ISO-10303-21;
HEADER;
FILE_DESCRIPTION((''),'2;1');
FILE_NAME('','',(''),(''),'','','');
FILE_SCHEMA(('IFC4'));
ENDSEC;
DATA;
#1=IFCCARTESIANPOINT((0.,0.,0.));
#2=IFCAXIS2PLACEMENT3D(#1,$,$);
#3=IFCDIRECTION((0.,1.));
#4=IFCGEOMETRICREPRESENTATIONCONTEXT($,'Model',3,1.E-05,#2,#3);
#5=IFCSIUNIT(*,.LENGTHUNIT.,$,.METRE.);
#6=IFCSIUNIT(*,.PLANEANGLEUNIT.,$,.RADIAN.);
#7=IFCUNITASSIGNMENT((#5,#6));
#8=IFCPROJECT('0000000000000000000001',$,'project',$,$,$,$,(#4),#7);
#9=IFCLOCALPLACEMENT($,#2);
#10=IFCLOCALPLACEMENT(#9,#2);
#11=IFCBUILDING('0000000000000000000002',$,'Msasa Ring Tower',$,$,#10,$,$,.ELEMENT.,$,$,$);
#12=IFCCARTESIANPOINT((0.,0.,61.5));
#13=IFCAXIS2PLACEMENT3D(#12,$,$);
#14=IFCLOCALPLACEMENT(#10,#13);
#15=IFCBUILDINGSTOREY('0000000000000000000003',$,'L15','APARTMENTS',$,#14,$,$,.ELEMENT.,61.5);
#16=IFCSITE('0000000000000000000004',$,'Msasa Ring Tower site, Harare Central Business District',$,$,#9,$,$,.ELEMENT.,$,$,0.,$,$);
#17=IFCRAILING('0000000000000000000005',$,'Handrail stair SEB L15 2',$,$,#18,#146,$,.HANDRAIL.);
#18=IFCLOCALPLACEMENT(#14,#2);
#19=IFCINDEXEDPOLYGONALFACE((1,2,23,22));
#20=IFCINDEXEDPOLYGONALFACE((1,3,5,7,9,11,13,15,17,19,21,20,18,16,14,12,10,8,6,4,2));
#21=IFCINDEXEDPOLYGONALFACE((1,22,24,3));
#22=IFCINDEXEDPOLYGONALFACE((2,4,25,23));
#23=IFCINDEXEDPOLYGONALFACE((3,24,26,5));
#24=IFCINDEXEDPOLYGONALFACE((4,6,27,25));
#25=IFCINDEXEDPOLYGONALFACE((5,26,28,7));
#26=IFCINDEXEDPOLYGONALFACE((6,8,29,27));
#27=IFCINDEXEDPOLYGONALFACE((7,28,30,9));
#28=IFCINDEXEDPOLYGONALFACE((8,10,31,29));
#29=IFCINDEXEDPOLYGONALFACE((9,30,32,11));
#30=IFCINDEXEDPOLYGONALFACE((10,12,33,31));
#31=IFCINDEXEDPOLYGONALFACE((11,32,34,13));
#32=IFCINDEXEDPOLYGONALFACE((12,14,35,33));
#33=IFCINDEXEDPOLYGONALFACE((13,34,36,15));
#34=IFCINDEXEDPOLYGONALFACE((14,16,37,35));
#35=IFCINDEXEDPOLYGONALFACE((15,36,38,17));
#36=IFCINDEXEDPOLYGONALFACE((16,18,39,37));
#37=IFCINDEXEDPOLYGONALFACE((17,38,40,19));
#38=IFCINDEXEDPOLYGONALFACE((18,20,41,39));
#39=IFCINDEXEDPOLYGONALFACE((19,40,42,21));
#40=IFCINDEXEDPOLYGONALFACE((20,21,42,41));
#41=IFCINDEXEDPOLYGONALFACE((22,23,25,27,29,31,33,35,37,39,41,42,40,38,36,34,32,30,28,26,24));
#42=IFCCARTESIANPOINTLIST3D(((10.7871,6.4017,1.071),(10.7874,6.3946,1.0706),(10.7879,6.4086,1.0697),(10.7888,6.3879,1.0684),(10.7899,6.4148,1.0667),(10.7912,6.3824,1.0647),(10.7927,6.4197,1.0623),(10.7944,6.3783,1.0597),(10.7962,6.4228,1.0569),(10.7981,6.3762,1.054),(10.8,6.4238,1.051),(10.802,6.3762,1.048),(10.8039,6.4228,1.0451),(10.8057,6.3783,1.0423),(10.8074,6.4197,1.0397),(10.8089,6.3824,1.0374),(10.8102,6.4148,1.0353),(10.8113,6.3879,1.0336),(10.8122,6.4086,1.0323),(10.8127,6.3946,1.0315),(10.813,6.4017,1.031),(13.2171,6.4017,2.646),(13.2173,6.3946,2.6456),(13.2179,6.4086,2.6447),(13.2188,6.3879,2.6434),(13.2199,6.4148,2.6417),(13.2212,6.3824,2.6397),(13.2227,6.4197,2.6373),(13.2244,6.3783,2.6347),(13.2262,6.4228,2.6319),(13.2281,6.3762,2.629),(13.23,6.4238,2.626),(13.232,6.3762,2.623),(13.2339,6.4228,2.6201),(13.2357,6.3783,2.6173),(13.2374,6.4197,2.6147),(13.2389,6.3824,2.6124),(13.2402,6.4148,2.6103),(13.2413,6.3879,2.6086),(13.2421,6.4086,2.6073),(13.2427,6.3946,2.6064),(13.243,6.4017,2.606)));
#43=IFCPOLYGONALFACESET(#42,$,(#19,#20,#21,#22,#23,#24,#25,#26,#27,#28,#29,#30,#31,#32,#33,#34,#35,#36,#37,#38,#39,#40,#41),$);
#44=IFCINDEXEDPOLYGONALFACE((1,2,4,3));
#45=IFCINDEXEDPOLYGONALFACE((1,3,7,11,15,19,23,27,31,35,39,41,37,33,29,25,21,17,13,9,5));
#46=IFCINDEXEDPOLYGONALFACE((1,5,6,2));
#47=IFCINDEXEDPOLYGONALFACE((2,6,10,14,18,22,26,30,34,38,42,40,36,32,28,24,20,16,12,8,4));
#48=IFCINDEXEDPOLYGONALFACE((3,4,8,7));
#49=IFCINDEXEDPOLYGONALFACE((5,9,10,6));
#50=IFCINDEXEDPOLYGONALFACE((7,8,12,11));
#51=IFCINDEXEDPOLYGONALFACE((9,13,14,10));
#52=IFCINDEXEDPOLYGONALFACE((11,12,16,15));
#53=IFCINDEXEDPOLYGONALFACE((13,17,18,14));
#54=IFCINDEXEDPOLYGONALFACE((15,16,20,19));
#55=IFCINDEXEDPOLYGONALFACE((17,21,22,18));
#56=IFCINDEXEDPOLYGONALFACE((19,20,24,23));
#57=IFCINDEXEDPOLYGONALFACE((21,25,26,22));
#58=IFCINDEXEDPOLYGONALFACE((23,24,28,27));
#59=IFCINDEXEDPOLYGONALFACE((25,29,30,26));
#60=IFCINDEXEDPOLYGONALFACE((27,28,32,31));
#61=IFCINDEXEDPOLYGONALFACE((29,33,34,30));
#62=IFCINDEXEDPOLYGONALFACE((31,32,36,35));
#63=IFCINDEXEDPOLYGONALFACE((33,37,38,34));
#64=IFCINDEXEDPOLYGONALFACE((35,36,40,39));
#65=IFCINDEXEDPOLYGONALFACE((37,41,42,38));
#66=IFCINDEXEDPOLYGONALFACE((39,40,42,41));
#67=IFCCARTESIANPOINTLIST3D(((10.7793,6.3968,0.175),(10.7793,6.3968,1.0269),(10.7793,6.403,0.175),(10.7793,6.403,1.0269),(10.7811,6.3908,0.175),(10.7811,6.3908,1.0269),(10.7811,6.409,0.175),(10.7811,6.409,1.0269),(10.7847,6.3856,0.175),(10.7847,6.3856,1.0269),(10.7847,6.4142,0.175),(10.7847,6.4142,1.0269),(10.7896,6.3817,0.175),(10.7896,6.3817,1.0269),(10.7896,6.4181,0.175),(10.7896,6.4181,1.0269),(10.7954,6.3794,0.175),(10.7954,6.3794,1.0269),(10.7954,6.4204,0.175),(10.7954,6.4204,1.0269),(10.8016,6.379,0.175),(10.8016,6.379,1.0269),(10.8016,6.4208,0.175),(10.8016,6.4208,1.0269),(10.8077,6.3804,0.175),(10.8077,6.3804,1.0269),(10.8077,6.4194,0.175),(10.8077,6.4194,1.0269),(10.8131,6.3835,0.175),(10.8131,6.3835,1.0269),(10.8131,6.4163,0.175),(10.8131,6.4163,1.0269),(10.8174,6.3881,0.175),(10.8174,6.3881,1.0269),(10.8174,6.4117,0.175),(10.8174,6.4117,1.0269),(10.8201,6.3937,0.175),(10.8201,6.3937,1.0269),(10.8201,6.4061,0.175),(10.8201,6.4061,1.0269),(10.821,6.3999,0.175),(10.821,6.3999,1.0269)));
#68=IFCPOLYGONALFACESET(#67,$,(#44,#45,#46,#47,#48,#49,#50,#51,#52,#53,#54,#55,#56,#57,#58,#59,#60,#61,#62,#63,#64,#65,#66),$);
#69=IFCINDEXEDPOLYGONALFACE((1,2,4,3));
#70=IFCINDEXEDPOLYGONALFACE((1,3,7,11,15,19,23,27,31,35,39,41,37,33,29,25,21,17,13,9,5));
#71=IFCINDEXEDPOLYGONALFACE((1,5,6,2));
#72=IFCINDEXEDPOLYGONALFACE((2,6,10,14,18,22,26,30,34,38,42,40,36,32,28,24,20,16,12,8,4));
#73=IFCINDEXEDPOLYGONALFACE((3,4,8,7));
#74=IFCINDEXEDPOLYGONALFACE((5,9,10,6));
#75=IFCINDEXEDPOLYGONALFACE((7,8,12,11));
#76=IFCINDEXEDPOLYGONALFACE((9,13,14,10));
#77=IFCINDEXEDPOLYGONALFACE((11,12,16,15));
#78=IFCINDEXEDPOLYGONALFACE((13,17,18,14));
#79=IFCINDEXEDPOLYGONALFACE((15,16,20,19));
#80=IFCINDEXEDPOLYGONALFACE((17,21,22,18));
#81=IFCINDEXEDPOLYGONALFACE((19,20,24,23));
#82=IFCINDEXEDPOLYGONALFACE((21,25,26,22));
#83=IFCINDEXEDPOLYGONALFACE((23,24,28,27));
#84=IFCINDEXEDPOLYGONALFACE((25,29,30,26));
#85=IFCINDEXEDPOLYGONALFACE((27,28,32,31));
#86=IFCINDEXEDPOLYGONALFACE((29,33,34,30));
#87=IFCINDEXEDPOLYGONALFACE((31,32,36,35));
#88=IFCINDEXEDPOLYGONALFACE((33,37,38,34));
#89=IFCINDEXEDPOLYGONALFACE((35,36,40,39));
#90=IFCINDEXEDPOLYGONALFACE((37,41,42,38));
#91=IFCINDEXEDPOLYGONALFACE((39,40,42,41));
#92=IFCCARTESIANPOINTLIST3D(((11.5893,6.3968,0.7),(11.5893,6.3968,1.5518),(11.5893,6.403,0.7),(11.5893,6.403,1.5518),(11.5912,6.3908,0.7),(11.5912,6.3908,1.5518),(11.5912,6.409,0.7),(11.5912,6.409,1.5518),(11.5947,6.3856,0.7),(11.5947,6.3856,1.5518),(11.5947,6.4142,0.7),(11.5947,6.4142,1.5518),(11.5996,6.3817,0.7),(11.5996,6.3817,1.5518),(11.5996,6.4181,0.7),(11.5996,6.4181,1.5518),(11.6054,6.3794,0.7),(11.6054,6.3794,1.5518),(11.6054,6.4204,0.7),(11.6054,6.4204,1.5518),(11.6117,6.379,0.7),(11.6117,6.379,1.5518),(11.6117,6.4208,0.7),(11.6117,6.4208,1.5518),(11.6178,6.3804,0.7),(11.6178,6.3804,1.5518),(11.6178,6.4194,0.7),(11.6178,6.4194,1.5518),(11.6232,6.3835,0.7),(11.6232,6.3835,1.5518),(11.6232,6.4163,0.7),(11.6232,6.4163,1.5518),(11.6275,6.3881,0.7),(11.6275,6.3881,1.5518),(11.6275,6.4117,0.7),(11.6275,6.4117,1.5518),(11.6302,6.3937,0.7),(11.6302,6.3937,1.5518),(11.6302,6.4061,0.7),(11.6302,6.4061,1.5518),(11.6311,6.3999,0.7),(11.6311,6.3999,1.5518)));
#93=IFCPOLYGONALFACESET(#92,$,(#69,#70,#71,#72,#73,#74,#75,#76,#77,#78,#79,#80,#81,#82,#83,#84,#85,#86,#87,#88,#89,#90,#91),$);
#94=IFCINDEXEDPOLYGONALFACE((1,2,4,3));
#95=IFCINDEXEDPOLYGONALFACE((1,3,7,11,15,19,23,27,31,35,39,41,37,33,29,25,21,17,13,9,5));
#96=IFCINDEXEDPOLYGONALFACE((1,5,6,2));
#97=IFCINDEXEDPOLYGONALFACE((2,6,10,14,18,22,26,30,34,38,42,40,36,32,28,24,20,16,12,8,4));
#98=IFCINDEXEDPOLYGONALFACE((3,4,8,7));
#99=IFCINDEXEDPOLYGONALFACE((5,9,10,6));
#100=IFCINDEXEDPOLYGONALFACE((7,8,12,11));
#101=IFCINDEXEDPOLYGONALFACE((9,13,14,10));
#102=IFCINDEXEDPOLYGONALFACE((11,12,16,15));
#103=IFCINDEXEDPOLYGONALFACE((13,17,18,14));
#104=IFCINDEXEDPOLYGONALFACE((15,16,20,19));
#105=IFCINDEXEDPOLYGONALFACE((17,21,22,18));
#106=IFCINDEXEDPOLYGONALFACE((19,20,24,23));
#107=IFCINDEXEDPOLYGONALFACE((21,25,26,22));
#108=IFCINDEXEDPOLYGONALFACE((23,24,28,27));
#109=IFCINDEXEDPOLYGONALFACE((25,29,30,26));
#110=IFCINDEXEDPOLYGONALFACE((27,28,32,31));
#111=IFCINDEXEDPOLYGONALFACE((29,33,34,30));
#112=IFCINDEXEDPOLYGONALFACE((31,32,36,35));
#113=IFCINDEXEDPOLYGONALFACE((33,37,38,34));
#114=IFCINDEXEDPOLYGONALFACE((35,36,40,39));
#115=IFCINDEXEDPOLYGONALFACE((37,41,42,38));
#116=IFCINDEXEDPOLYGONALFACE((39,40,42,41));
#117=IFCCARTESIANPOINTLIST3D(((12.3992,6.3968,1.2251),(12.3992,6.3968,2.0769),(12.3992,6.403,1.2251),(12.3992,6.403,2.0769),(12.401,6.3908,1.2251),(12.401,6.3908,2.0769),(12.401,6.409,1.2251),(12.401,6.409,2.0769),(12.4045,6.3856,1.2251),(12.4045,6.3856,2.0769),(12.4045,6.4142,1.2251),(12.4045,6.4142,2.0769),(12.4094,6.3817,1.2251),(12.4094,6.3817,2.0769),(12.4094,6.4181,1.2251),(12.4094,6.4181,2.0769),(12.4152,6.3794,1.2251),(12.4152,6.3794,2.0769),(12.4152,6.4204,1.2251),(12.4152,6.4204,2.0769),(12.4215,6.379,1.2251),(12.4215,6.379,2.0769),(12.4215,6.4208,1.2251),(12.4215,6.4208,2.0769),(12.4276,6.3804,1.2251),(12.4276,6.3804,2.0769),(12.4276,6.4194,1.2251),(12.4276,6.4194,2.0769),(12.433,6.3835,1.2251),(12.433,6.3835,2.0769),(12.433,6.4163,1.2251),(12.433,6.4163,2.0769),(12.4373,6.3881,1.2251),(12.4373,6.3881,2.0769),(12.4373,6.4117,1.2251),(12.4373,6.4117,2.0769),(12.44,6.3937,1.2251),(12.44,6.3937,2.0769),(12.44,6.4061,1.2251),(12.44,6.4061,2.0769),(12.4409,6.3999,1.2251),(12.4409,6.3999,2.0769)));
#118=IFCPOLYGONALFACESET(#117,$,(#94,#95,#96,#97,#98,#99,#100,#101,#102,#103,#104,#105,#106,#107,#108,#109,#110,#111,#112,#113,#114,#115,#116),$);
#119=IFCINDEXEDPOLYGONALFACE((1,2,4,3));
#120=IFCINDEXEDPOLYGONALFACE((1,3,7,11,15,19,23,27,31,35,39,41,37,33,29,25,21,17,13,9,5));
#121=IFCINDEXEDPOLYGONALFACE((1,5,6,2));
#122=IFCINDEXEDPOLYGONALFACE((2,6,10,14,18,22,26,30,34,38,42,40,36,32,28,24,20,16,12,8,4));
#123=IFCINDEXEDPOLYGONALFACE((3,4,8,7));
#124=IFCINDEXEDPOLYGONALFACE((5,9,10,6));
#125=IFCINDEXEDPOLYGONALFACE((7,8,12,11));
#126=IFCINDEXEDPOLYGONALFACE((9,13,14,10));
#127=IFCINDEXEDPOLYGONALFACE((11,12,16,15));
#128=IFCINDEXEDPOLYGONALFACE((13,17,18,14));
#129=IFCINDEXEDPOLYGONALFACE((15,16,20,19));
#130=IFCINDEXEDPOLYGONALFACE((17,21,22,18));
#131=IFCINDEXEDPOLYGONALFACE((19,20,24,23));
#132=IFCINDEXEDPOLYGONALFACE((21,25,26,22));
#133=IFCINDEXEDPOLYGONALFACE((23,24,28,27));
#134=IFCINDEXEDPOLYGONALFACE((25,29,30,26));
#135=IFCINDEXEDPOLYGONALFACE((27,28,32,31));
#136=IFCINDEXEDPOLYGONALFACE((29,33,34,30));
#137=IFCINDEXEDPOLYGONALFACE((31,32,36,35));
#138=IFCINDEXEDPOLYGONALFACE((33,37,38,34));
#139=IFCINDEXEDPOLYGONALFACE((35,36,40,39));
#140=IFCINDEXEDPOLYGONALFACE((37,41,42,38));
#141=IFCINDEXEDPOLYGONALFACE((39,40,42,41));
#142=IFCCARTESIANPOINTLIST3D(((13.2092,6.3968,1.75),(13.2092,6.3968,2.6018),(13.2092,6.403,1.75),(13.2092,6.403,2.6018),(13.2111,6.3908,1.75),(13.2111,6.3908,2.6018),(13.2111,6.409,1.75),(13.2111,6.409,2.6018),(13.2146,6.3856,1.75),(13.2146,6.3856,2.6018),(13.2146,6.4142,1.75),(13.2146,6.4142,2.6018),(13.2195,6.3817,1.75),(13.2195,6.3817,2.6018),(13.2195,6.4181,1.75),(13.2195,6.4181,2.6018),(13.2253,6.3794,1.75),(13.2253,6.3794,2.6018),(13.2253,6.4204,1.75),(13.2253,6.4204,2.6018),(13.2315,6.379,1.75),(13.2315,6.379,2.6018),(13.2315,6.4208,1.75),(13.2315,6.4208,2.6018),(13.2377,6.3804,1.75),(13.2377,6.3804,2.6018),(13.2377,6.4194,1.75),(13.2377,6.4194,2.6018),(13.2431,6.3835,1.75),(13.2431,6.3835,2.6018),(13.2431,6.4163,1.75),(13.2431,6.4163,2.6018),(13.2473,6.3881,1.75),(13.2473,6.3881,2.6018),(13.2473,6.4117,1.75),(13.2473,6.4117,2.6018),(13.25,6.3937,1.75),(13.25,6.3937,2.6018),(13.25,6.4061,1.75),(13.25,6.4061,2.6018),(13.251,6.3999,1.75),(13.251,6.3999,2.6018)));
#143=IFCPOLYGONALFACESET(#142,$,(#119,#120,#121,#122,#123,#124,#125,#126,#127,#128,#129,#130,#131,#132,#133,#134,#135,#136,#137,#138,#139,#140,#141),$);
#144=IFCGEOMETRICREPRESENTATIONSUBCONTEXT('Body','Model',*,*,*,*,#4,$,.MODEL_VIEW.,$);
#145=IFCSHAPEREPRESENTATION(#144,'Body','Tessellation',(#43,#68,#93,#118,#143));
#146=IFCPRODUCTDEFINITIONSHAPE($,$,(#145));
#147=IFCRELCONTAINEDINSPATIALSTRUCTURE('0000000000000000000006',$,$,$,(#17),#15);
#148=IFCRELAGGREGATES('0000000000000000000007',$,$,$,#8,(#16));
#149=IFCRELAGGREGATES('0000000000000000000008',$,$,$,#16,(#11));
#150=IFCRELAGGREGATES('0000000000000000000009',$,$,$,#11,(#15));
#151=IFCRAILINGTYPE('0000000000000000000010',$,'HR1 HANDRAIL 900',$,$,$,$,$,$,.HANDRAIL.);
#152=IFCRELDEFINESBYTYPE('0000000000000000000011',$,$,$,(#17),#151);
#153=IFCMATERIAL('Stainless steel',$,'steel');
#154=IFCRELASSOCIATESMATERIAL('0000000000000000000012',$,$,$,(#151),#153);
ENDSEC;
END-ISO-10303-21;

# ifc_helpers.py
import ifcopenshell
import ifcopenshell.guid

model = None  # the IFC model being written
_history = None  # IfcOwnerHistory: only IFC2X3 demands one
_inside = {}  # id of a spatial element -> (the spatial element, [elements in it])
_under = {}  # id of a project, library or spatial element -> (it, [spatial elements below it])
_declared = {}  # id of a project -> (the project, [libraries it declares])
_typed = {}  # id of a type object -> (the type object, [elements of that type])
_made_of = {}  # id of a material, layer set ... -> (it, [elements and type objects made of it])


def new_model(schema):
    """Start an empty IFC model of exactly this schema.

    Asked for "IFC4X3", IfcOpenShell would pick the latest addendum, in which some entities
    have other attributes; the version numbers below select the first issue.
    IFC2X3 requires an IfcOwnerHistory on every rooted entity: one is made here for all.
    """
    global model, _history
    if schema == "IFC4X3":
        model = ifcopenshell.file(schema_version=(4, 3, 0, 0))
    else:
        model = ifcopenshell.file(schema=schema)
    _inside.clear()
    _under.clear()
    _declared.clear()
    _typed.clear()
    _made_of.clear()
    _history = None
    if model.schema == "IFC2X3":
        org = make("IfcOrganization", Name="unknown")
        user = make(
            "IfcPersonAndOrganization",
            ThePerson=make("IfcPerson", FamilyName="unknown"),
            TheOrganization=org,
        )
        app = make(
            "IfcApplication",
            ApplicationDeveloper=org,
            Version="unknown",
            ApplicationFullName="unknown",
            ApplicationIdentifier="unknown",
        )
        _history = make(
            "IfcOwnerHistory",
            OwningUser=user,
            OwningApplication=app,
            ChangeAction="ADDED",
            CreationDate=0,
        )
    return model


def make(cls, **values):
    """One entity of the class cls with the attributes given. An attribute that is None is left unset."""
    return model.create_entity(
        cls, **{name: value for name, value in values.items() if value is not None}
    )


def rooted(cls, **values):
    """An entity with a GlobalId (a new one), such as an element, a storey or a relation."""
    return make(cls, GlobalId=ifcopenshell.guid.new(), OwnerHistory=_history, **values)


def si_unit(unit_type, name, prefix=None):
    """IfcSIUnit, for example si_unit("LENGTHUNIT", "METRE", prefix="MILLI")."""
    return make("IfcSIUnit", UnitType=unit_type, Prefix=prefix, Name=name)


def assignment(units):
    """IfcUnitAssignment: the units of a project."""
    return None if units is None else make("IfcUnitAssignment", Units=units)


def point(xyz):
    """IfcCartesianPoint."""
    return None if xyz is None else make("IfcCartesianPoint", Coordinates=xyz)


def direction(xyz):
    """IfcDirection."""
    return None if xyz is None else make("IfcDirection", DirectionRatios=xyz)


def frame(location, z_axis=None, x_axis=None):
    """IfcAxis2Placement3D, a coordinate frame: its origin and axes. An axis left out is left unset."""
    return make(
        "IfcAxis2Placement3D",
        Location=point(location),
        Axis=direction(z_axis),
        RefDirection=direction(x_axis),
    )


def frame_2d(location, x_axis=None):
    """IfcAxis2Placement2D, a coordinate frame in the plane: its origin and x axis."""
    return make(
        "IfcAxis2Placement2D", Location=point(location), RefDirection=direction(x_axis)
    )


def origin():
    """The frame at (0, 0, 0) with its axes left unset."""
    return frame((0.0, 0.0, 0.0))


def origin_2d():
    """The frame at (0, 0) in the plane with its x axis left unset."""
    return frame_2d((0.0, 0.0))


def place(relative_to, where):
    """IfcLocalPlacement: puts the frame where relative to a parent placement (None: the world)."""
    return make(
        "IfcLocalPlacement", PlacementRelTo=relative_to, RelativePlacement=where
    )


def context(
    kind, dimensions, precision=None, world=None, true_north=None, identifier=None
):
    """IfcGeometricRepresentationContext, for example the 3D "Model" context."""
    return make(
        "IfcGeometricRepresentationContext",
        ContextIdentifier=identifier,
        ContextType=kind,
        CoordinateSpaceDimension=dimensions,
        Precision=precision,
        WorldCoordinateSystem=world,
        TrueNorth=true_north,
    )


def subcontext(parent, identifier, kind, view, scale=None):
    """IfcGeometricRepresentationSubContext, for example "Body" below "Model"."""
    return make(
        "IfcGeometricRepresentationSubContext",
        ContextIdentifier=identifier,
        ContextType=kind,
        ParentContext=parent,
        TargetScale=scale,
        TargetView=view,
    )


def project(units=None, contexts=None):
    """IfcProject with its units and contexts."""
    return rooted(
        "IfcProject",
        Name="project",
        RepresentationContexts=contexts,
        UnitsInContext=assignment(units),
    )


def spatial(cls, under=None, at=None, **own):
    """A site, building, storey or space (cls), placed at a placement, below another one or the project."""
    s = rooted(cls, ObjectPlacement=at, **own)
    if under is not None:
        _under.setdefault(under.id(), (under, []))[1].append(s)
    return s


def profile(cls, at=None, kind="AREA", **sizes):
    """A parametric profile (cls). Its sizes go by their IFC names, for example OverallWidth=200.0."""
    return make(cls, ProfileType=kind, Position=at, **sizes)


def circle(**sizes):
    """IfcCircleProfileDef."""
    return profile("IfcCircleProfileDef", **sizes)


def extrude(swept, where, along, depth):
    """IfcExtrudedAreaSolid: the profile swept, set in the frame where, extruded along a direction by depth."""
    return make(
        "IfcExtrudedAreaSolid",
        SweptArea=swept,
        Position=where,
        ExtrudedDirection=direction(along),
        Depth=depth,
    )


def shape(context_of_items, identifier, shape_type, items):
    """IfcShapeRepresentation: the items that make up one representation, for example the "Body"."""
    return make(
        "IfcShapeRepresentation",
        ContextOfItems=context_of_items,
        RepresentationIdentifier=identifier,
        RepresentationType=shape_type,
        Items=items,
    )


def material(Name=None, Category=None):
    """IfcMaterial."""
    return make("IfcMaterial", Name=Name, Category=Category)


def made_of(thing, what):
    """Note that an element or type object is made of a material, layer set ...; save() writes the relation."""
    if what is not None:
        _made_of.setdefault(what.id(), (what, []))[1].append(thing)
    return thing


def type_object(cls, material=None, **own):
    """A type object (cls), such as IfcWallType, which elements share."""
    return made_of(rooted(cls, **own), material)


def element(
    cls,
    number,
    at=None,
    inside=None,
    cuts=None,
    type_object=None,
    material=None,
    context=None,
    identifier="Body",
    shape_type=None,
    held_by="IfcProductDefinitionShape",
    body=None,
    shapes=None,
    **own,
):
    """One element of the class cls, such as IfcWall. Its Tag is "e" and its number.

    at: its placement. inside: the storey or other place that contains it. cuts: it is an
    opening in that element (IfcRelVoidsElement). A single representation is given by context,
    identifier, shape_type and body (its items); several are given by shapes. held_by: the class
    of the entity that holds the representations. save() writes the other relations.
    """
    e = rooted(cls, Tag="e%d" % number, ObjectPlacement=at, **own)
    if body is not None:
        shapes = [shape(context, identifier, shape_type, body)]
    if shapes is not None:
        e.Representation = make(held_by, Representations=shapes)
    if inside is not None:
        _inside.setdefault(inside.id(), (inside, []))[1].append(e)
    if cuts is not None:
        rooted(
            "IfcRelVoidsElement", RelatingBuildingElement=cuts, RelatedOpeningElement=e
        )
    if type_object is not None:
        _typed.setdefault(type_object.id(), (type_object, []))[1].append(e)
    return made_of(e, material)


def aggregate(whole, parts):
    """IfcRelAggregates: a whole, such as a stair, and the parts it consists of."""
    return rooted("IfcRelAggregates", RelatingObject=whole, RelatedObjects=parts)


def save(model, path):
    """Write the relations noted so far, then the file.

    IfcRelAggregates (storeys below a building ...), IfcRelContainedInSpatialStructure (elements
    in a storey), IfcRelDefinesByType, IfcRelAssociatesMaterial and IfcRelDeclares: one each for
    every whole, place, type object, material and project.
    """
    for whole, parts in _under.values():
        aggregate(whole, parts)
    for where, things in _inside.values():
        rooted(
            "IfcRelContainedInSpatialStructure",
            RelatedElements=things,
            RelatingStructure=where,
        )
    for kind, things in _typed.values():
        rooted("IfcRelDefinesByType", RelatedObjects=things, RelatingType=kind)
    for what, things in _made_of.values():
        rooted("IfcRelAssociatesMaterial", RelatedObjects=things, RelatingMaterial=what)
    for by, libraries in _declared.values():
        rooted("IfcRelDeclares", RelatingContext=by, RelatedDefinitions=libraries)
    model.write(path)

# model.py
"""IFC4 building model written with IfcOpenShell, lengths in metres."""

from ifc_helpers import new_model, si_unit, direction, frame, origin, origin_2d, place, context, subcontext, project, spatial, circle, extrude, material, type_object, element, save


model = new_model("IFC4")

# Units and contexts
model_context = context("Model", 3, precision=1e-05, world=origin(), true_north=direction((0.0, 1.0)))
body_context = subcontext(model_context, "Body", "Model", "MODEL_VIEW")
ifc_project = project(units=[si_unit("LENGTHUNIT", "METRE"), si_unit("PLANEANGLEUNIT", "RADIAN")], contexts=[model_context])

# Site, building, storey
site_placement = place(None, origin())
site = spatial("IfcSite", under=ifc_project, at=site_placement, Name="Msasa Ring Tower site, Harare Central Business District", CompositionType="ELEMENT", RefElevation=0.0)
building_placement = place(site_placement, origin())
building = spatial("IfcBuilding", under=site, at=building_placement, Name="Msasa Ring Tower", CompositionType="ELEMENT")
storey_placement = place(building_placement, frame((0.0, 0.0, 61.5)))
storey = spatial("IfcBuildingStorey", under=building, at=storey_placement, Name="L15", Description="APARTMENTS", CompositionType="ELEMENT", Elevation=61.5)

# Railing
ifc_material_1 = material(Name="Stainless steel", Category="steel")
railing_type = type_object("IfcRailingType", Name="HR1 HANDRAIL 900", PredefinedType="HANDRAIL", material=ifc_material_1)
for number, where, name in (
    (1, (10.8, 6.3999, 0.175), "Handrail stair SEB L15 2"),
):
    element("IfcRailing", number, at=place(storey_placement, frame(where)), inside=storey, type_object=railing_type, Name=name, PredefinedType="HANDRAIL", context=body_context, shape_type="SweptSolid", body=[
        extrude(circle(Radius=0.0239, at=origin_2d()), frame((0.0, 0.0, 0.876), z_axis=(0.839154, 0.0, 0.543894), x_axis=(0.0, 1.0, 0.0)), (0.0, 0.0, 1.0), 2.8958),
        extrude(circle(Radius=0.021, at=origin_2d()), origin(), (0.0, 0.0, 1.0), 0.8518),
        extrude(circle(Radius=0.021, at=origin_2d()), frame((0.8101, 0.0, 0.5249)), (0.0, 0.0, 1.0), 0.8518),
        extrude(circle(Radius=0.021, at=origin_2d()), frame((1.6199, 0.0, 1.05)), (0.0, 0.0, 1.0), 0.8518),
        extrude(circle(Radius=0.021, at=origin_2d()), frame((2.4299, 0.0, 1.575)), (0.0, 0.0, 1.0), 0.8518),
    ])

save(model, "model.ifc")
